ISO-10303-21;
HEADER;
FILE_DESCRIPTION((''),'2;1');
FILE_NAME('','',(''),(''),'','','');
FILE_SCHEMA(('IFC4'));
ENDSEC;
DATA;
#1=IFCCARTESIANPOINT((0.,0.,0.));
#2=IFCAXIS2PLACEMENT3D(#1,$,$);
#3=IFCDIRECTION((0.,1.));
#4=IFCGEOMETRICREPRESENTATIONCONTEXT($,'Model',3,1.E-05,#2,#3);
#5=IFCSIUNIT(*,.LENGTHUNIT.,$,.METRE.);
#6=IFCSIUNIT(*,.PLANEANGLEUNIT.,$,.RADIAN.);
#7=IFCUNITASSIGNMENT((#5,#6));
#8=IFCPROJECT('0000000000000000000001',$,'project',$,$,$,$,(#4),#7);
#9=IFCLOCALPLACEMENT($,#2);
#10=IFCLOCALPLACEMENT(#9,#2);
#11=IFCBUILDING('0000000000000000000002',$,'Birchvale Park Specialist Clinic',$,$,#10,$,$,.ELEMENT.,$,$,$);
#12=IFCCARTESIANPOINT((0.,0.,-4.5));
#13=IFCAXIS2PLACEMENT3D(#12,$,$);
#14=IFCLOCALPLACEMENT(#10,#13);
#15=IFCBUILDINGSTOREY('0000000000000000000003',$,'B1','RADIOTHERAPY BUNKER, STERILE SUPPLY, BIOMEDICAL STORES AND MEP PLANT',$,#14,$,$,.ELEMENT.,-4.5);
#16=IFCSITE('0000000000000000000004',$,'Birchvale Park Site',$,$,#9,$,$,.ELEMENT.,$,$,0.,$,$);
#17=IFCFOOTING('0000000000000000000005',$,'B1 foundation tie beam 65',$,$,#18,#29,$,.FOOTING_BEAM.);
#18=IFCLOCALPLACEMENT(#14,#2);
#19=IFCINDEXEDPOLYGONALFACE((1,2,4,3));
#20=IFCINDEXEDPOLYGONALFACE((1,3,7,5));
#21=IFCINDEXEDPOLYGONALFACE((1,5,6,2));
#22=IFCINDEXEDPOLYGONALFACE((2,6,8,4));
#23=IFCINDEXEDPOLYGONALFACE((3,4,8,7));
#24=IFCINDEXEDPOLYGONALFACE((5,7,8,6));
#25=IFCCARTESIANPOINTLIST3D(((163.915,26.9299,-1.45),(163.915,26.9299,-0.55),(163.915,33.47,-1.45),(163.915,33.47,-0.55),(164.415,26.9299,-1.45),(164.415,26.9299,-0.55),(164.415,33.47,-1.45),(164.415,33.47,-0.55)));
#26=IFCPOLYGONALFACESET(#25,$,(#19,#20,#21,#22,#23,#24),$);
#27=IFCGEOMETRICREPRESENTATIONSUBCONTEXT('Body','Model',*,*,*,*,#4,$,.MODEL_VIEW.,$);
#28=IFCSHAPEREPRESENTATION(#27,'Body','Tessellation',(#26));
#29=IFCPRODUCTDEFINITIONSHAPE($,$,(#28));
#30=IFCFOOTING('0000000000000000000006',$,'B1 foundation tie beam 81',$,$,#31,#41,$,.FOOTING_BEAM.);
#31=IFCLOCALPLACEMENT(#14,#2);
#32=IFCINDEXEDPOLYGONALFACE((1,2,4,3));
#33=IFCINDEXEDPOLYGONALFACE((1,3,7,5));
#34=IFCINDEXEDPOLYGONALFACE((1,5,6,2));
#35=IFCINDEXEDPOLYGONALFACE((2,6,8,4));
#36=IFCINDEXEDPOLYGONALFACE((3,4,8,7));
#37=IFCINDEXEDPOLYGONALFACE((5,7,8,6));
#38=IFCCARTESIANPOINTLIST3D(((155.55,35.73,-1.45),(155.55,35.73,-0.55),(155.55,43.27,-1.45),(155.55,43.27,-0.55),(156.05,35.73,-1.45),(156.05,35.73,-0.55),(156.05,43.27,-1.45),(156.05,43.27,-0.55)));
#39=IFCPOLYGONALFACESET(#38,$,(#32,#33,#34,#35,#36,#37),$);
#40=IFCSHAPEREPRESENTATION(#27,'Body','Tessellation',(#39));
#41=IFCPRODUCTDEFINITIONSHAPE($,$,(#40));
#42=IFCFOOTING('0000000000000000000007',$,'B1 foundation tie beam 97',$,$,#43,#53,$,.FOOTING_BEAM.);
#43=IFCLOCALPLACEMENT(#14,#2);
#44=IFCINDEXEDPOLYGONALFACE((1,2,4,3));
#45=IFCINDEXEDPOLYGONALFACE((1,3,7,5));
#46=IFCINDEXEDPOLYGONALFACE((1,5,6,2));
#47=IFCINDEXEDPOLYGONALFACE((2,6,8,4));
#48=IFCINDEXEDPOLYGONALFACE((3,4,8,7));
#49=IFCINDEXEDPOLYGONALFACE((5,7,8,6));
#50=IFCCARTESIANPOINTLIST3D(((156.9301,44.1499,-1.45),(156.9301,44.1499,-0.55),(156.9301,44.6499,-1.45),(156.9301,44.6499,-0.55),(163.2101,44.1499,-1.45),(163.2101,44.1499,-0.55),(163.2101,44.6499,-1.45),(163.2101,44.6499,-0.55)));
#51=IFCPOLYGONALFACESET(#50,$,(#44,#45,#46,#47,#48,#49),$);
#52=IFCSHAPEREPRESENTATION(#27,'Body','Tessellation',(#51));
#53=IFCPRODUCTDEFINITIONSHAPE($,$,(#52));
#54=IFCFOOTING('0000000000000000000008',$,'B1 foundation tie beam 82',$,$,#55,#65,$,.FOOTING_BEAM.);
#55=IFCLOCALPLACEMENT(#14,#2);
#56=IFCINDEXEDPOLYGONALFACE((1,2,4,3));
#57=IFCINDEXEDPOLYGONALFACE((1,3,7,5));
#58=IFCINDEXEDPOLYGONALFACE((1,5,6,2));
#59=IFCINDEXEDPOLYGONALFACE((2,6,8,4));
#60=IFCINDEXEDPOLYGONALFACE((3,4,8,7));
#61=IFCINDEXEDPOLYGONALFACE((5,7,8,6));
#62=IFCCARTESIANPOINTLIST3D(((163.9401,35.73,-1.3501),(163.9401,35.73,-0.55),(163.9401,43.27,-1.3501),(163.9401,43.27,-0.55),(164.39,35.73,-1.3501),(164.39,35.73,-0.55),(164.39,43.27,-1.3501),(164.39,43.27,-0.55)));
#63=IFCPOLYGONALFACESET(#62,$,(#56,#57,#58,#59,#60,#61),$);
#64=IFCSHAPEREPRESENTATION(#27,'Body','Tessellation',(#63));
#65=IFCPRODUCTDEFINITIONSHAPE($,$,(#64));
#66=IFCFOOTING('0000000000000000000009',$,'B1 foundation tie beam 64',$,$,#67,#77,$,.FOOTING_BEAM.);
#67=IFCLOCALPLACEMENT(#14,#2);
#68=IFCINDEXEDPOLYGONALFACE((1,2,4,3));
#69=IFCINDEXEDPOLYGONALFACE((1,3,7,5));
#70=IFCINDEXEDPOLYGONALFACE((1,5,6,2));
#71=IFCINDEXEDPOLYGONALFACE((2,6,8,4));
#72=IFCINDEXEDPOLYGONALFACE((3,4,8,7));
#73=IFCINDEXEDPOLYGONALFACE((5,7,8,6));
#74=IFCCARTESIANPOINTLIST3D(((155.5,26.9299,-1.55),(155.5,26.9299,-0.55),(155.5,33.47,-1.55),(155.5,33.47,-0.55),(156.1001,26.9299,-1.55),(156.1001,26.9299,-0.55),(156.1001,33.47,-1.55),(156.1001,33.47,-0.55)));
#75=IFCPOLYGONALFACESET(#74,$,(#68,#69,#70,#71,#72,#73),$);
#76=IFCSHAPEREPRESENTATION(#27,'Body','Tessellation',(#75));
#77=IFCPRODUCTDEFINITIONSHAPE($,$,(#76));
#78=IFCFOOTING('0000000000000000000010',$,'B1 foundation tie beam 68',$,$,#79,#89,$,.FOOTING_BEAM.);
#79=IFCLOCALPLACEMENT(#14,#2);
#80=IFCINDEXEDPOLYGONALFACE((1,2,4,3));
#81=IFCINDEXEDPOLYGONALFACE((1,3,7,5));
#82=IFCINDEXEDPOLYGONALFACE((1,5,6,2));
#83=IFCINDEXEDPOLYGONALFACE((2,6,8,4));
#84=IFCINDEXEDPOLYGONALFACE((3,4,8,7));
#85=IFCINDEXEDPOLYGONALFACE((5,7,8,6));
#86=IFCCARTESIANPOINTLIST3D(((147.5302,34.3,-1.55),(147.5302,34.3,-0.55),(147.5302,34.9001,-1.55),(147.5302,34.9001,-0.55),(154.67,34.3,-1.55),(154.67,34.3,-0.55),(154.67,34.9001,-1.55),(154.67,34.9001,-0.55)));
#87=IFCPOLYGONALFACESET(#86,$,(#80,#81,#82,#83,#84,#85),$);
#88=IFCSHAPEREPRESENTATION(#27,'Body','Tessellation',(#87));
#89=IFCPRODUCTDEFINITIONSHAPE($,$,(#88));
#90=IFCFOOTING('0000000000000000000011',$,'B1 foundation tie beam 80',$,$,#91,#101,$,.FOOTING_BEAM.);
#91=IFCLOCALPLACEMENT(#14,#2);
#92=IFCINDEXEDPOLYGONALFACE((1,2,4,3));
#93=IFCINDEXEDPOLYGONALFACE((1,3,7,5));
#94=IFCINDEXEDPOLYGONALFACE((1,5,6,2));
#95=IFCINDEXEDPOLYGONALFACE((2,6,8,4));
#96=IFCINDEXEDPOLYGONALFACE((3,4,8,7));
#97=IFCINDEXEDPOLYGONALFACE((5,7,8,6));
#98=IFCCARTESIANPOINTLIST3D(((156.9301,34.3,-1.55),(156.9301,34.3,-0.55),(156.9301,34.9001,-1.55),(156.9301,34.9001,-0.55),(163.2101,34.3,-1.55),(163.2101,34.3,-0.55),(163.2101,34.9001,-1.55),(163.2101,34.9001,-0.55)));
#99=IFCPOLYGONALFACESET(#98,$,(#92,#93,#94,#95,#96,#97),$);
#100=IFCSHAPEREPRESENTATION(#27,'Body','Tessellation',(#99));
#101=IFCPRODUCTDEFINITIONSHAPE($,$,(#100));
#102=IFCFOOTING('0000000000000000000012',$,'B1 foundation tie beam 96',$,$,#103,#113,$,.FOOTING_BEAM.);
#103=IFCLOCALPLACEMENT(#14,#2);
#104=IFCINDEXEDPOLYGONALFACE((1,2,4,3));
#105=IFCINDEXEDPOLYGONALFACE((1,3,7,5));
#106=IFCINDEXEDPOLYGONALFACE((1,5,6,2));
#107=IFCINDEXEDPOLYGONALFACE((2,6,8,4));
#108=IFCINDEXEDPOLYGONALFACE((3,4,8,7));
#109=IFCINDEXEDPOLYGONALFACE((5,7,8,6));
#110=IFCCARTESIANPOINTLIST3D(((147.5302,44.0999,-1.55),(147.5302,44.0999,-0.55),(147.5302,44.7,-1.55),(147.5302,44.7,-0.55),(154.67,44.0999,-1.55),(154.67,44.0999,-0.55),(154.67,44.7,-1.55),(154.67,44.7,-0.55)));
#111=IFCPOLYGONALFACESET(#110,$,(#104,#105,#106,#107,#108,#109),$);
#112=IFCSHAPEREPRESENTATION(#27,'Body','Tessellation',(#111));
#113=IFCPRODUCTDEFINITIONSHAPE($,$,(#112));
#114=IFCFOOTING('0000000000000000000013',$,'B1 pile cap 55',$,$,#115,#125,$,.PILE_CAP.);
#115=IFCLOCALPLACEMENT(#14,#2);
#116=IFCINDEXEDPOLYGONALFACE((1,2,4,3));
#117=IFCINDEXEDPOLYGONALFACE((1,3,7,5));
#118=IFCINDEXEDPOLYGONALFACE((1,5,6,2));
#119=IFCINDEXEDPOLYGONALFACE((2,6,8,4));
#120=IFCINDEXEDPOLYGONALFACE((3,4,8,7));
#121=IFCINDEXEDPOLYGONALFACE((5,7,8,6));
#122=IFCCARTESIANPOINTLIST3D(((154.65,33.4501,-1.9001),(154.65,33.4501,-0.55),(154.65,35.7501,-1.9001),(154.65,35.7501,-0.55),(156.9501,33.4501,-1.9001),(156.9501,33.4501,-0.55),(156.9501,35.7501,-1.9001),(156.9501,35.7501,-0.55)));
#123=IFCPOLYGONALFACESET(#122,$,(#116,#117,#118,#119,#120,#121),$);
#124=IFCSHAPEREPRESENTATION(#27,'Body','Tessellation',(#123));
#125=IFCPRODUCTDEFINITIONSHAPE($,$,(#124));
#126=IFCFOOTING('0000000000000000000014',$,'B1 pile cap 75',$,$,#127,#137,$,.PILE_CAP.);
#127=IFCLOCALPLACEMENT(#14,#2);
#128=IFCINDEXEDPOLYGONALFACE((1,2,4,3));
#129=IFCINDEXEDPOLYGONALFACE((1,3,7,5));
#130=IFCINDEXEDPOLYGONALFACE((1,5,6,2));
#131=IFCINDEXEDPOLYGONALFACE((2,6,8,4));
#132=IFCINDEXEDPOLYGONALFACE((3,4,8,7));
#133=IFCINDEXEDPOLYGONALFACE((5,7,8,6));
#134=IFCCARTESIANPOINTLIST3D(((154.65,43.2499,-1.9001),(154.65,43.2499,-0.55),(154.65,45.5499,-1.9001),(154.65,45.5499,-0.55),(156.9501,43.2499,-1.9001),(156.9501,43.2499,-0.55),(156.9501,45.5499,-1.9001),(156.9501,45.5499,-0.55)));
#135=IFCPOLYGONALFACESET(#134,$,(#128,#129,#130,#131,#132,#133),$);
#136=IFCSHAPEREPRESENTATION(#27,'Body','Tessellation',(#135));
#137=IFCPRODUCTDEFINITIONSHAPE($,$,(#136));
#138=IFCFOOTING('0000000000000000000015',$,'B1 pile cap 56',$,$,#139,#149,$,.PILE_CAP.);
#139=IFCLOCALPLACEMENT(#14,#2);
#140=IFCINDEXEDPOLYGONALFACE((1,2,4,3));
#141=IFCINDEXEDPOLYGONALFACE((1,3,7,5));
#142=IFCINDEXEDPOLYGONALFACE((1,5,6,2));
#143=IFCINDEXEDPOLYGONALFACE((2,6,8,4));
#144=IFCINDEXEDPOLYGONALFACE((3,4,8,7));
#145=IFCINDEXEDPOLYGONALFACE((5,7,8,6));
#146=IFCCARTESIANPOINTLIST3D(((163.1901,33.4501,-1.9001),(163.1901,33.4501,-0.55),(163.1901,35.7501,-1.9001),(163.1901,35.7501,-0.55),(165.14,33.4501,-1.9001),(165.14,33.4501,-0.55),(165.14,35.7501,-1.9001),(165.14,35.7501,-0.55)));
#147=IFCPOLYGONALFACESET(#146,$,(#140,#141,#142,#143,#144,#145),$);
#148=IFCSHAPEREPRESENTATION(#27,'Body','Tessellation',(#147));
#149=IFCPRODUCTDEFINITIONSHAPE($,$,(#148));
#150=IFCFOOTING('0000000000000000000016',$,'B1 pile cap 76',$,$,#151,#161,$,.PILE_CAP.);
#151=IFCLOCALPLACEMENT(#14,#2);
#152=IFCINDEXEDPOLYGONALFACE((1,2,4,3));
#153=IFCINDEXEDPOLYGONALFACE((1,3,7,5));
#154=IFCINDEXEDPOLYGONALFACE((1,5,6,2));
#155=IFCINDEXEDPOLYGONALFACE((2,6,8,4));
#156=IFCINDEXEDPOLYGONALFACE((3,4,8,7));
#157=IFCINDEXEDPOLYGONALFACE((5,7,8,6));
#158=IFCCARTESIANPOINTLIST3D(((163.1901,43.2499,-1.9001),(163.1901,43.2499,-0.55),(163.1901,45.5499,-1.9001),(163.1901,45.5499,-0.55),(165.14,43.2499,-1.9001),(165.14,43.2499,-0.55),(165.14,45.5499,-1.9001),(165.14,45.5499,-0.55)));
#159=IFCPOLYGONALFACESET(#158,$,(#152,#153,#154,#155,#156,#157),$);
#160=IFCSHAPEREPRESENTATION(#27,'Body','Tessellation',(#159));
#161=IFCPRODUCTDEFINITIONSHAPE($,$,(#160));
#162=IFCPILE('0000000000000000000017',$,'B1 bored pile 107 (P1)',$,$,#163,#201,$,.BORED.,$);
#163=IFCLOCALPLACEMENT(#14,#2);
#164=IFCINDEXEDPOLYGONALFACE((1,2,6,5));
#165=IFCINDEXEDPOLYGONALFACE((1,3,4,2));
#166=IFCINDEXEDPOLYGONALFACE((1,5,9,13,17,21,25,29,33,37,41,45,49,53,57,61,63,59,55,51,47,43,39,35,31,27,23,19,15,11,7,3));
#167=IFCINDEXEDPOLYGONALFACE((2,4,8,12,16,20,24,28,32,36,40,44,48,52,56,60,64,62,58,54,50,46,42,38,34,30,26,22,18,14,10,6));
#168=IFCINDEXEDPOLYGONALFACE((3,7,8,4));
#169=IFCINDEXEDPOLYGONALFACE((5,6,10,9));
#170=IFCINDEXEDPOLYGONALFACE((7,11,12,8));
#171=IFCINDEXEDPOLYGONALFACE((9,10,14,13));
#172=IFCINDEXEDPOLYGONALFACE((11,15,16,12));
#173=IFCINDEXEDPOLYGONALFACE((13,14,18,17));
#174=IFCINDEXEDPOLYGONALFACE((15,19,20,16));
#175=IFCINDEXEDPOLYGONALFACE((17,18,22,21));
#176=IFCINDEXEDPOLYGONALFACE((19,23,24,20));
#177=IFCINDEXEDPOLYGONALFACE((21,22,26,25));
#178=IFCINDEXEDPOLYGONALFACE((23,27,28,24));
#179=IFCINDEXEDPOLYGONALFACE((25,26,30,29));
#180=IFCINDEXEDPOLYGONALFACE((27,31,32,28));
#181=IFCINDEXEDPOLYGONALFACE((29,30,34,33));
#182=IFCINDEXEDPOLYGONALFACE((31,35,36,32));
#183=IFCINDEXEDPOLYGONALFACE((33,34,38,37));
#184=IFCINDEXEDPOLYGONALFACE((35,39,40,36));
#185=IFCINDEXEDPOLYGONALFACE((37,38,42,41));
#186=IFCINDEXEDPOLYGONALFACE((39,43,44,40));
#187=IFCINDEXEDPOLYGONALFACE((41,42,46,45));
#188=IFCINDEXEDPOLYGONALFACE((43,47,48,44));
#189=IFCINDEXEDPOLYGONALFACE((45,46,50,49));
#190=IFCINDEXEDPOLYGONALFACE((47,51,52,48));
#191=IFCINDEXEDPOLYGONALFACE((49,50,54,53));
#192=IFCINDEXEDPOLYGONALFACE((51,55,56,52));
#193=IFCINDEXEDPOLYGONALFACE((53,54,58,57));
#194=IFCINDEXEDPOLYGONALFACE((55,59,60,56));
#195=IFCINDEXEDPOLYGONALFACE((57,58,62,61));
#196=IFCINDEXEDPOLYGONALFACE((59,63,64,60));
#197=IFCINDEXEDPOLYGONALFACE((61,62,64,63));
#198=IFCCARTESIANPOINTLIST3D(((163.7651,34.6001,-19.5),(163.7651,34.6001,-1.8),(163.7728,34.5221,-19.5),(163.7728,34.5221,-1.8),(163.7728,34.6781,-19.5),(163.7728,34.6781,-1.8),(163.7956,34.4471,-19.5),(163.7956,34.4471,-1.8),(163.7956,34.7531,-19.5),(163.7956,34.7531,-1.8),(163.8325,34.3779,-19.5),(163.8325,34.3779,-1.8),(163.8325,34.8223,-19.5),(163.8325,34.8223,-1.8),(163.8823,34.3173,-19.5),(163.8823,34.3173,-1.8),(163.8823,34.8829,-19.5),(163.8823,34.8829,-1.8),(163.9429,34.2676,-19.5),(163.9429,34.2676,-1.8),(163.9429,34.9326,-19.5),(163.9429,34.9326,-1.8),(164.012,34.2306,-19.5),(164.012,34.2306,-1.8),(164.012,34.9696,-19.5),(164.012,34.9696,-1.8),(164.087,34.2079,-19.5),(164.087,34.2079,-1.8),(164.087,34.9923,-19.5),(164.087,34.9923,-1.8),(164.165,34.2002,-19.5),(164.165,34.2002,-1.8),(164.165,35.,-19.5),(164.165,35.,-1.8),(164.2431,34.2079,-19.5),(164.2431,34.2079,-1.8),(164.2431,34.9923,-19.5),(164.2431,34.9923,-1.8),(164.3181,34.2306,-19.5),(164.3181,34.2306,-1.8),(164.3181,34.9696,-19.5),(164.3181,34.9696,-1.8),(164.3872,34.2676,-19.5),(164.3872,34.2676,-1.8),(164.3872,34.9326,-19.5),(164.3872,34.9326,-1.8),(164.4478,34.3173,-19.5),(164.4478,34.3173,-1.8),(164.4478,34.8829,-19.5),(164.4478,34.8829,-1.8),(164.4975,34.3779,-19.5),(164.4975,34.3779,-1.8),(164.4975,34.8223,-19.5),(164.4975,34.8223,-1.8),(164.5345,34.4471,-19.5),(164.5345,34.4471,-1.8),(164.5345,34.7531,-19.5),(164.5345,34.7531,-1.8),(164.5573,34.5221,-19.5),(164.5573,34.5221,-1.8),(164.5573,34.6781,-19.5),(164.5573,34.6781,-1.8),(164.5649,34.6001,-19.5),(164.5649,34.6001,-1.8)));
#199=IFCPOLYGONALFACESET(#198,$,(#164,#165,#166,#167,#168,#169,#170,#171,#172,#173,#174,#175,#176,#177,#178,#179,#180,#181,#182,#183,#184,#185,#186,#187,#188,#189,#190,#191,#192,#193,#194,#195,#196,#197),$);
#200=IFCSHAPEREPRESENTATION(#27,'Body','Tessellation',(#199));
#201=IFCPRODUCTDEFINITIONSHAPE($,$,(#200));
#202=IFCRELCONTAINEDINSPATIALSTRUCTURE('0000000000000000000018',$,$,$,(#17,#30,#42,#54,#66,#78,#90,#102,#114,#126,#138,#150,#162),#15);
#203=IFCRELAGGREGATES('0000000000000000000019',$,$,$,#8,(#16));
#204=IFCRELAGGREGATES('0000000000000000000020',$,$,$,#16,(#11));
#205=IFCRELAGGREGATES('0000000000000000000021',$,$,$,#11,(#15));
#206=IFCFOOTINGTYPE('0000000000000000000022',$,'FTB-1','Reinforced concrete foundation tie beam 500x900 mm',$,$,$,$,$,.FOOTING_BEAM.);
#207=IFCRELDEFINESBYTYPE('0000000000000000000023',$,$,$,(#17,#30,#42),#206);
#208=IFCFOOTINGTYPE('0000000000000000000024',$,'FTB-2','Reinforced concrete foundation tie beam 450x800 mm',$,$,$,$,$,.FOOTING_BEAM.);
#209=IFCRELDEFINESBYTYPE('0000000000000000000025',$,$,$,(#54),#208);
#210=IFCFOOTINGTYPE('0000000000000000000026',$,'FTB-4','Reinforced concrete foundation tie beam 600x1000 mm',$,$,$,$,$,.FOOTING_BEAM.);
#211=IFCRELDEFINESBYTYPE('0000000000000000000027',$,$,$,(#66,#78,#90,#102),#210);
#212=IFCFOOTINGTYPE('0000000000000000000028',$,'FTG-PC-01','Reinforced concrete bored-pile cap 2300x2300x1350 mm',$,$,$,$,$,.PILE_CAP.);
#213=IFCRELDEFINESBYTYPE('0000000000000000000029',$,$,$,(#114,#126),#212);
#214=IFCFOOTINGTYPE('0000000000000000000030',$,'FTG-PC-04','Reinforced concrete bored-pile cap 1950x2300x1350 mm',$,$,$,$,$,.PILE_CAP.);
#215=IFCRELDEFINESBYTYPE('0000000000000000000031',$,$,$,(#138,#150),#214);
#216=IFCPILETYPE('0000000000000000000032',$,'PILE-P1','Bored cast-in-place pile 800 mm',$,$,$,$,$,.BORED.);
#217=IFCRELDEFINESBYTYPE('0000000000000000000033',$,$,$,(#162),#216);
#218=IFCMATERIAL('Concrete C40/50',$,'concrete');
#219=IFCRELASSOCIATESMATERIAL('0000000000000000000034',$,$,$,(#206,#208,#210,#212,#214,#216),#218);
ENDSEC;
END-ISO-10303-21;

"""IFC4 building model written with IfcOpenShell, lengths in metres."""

from ifc_helpers import new_model, si_unit, direction, frame, origin, origin_2d, place, context, subcontext, project, spatial, rectangle, circle, extrude, material, material_profile, profile_set, type_object, element, save


model = new_model("IFC4")

# Units and contexts
model_context = context("Model", 3, precision=1e-05, world=origin(), true_north=direction((0.0, 1.0)))
body_context = subcontext(model_context, "Body", "Model", "MODEL_VIEW")
ifc_project = project(units=[si_unit("LENGTHUNIT", "METRE"), si_unit("PLANEANGLEUNIT", "RADIAN")], contexts=[model_context])

# Site, building, storey
site_placement = place(None, origin())
site = spatial("IfcSite", under=ifc_project, at=site_placement, Name="Birchvale Park Site", CompositionType="ELEMENT", RefElevation=0.0)
building_placement = place(site_placement, origin())
building = spatial("IfcBuilding", under=site, at=building_placement, Name="Birchvale Park Specialist Clinic", CompositionType="ELEMENT")
storey_placement = place(building_placement, frame((0.0, 0.0, -4.5)))
storey = spatial("IfcBuildingStorey", under=building, at=storey_placement, Name="B1", Description="RADIOTHERAPY BUNKER, STERILE SUPPLY, BIOMEDICAL STORES AND MEP PLANT", CompositionType="ELEMENT", Elevation=-4.5)

# Footings
ifc_material_1 = material(Name="Concrete C40/50", Category="concrete")
footing_type_1 = type_object("IfcFootingType", Name="FTB-1", Description="Reinforced concrete foundation tie beam 500x900 mm", PredefinedType="FOOTING_BEAM", material=ifc_material_1)
footing_1_placement = place(storey_placement, frame((164.165, 30.2, -1.45), z_axis=(0.0, 0.0, 1.0), x_axis=(1.0, 0.0, 0.0)))
element("IfcFooting", 1, at=footing_1_placement, inside=storey, type_object=footing_type_1, Name="B1 foundation tie beam 65", PredefinedType="FOOTING_BEAM", context=body_context, shape_type="SweptSolid", body=[
    extrude(rectangle(XDim=0.5, YDim=6.54, at=origin_2d()), origin(), (0.0, 0.0, 1.0), 0.8999),
])
footing_2_placement = place(storey_placement, frame((155.8, 39.5, -1.45), z_axis=(0.0, 0.0, 1.0), x_axis=(1.0, 0.0, 0.0)))
element("IfcFooting", 2, at=footing_2_placement, inside=storey, type_object=footing_type_1, Name="B1 foundation tie beam 81", PredefinedType="FOOTING_BEAM", context=body_context, shape_type="SweptSolid", body=[
    extrude(rectangle(XDim=0.5, YDim=7.54, at=origin_2d()), origin(), (0.0, 0.0, 1.0), 0.8999),
])
footing_3_placement = place(storey_placement, frame((160.0701, 44.3999, -1.45), z_axis=(0.0, 0.0, 1.0), x_axis=(1.0, 0.0, 0.0)))
element("IfcFooting", 3, at=footing_3_placement, inside=storey, type_object=footing_type_1, Name="B1 foundation tie beam 97", PredefinedType="FOOTING_BEAM", context=body_context, shape_type="SweptSolid", body=[
    extrude(rectangle(XDim=6.28, YDim=0.5, at=origin_2d()), origin(), (0.0, 0.0, 1.0), 0.8999),
])
footing_type_2 = type_object("IfcFootingType", Name="FTB-2", Description="Reinforced concrete foundation tie beam 450x800 mm", PredefinedType="FOOTING_BEAM", material=ifc_material_1)
footing_4_placement = place(storey_placement, frame((164.165, 39.5, -1.3501), z_axis=(0.0, 0.0, 1.0), x_axis=(1.0, 0.0, 0.0)))
element("IfcFooting", 4, at=footing_4_placement, inside=storey, type_object=footing_type_2, Name="B1 foundation tie beam 82", PredefinedType="FOOTING_BEAM", context=body_context, shape_type="SweptSolid", body=[
    extrude(rectangle(XDim=0.45, YDim=7.54, at=origin_2d()), origin(), (0.0, 0.0, 1.0), 0.8),
])
footing_type_3 = type_object("IfcFootingType", Name="FTB-4", Description="Reinforced concrete foundation tie beam 600x1000 mm", PredefinedType="FOOTING_BEAM", material=ifc_material_1)
footing_5_placement = place(storey_placement, frame((155.8, 30.2, -1.55), z_axis=(0.0, 0.0, 1.0), x_axis=(1.0, 0.0, 0.0)))
element("IfcFooting", 5, at=footing_5_placement, inside=storey, type_object=footing_type_3, Name="B1 foundation tie beam 64", PredefinedType="FOOTING_BEAM", context=body_context, shape_type="SweptSolid", body=[
    extrude(rectangle(XDim=0.6001, YDim=6.54, at=origin_2d()), origin(), (0.0, 0.0, 1.0), 1.0),
])
footing_6_placement = place(storey_placement, frame((151.1001, 34.6001, -1.55), z_axis=(0.0, 0.0, 1.0), x_axis=(1.0, 0.0, 0.0)))
element("IfcFooting", 6, at=footing_6_placement, inside=storey, type_object=footing_type_3, Name="B1 foundation tie beam 68", PredefinedType="FOOTING_BEAM", context=body_context, shape_type="SweptSolid", body=[
    extrude(rectangle(XDim=7.1399, YDim=0.6001, at=origin_2d()), origin(), (0.0, 0.0, 1.0), 1.0),
])
footing_7_placement = place(storey_placement, frame((160.0701, 34.6001, -1.55), z_axis=(0.0, 0.0, 1.0), x_axis=(1.0, 0.0, 0.0)))
element("IfcFooting", 7, at=footing_7_placement, inside=storey, type_object=footing_type_3, Name="B1 foundation tie beam 80", PredefinedType="FOOTING_BEAM", context=body_context, shape_type="SweptSolid", body=[
    extrude(rectangle(XDim=6.28, YDim=0.6001, at=origin_2d()), origin(), (0.0, 0.0, 1.0), 1.0),
])
footing_8_placement = place(storey_placement, frame((151.1001, 44.3999, -1.55), z_axis=(0.0, 0.0, 1.0), x_axis=(1.0, 0.0, 0.0)))
element("IfcFooting", 8, at=footing_8_placement, inside=storey, type_object=footing_type_3, Name="B1 foundation tie beam 96", PredefinedType="FOOTING_BEAM", context=body_context, shape_type="SweptSolid", body=[
    extrude(rectangle(XDim=7.1399, YDim=0.6001, at=origin_2d()), origin(), (0.0, 0.0, 1.0), 1.0),
])
footing_type_4 = type_object("IfcFootingType", Name="FTG-PC-01", Description="Reinforced concrete bored-pile cap 2300x2300x1350 mm", PredefinedType="PILE_CAP", material=ifc_material_1)
for number, where, z_axis, x_axis, name in (
    (9, (155.8, 34.6001, -1.9001), (0.0, 0.0, 1.0), (1.0, 0.0, 0.0), "B1 pile cap 55"),
    (10, (155.8, 44.3999, -1.9001), (0.0, 0.0, 1.0), (1.0, 0.0, 0.0), "B1 pile cap 75"),
):
    element("IfcFooting", number, at=place(storey_placement, frame(where, z_axis=z_axis, x_axis=x_axis)), inside=storey, type_object=footing_type_4, Name=name, PredefinedType="PILE_CAP", context=body_context, shape_type="SweptSolid", body=[
        extrude(rectangle(XDim=2.3, YDim=2.3, at=origin_2d()), origin(), (0.0, 0.0, 1.0), 1.3501),
    ])
footing_type_5 = type_object("IfcFootingType", Name="FTG-PC-04", Description="Reinforced concrete bored-pile cap 1950x2300x1350 mm", PredefinedType="PILE_CAP", material=ifc_material_1)
for number, where, z_axis, x_axis, name in (
    (11, (164.165, 34.6001, -1.9001), (0.0, 0.0, 1.0), (1.0, 0.0, 0.0), "B1 pile cap 56"),
    (12, (164.165, 44.3999, -1.9001), (0.0, 0.0, 1.0), (1.0, 0.0, 0.0), "B1 pile cap 76"),
):
    element("IfcFooting", number, at=place(storey_placement, frame(where, z_axis=z_axis, x_axis=x_axis)), inside=storey, type_object=footing_type_5, Name=name, PredefinedType="PILE_CAP", context=body_context, shape_type="SweptSolid", body=[
        extrude(rectangle(XDim=1.95, YDim=2.3, at=origin_2d()), origin(), (0.0, 0.0, 1.0), 1.3501),
    ])

# Pile
ifc_material_profile_1 = material_profile(ifc_material_1, circle(Radius=0.3999, at=origin_2d()), Name="PILE-800")
ifc_profile_set_1 = profile_set([ifc_material_profile_1], Name="Concrete C40/50")
pile_type_1 = type_object("IfcPileType", Name="PILE-P1", Description="Bored cast-in-place pile 800 mm", PredefinedType="BORED", material=ifc_profile_set_1)
pile_1_placement = place(storey_placement, frame((164.165, 34.6001, -1.8), z_axis=(0.0, 0.0, -1.0), x_axis=(1.0, 0.0, 0.0)))
element("IfcPile", 13, at=pile_1_placement, inside=storey, type_object=pile_type_1, Name="B1 bored pile 107 (P1)", PredefinedType="BORED", context=body_context, shape_type="SweptSolid", body=[
    extrude(circle(Radius=0.3999, at=origin_2d()), origin(), (0.0, 0.0, 1.0), 17.7),
])

save(model, "model.ifc")
